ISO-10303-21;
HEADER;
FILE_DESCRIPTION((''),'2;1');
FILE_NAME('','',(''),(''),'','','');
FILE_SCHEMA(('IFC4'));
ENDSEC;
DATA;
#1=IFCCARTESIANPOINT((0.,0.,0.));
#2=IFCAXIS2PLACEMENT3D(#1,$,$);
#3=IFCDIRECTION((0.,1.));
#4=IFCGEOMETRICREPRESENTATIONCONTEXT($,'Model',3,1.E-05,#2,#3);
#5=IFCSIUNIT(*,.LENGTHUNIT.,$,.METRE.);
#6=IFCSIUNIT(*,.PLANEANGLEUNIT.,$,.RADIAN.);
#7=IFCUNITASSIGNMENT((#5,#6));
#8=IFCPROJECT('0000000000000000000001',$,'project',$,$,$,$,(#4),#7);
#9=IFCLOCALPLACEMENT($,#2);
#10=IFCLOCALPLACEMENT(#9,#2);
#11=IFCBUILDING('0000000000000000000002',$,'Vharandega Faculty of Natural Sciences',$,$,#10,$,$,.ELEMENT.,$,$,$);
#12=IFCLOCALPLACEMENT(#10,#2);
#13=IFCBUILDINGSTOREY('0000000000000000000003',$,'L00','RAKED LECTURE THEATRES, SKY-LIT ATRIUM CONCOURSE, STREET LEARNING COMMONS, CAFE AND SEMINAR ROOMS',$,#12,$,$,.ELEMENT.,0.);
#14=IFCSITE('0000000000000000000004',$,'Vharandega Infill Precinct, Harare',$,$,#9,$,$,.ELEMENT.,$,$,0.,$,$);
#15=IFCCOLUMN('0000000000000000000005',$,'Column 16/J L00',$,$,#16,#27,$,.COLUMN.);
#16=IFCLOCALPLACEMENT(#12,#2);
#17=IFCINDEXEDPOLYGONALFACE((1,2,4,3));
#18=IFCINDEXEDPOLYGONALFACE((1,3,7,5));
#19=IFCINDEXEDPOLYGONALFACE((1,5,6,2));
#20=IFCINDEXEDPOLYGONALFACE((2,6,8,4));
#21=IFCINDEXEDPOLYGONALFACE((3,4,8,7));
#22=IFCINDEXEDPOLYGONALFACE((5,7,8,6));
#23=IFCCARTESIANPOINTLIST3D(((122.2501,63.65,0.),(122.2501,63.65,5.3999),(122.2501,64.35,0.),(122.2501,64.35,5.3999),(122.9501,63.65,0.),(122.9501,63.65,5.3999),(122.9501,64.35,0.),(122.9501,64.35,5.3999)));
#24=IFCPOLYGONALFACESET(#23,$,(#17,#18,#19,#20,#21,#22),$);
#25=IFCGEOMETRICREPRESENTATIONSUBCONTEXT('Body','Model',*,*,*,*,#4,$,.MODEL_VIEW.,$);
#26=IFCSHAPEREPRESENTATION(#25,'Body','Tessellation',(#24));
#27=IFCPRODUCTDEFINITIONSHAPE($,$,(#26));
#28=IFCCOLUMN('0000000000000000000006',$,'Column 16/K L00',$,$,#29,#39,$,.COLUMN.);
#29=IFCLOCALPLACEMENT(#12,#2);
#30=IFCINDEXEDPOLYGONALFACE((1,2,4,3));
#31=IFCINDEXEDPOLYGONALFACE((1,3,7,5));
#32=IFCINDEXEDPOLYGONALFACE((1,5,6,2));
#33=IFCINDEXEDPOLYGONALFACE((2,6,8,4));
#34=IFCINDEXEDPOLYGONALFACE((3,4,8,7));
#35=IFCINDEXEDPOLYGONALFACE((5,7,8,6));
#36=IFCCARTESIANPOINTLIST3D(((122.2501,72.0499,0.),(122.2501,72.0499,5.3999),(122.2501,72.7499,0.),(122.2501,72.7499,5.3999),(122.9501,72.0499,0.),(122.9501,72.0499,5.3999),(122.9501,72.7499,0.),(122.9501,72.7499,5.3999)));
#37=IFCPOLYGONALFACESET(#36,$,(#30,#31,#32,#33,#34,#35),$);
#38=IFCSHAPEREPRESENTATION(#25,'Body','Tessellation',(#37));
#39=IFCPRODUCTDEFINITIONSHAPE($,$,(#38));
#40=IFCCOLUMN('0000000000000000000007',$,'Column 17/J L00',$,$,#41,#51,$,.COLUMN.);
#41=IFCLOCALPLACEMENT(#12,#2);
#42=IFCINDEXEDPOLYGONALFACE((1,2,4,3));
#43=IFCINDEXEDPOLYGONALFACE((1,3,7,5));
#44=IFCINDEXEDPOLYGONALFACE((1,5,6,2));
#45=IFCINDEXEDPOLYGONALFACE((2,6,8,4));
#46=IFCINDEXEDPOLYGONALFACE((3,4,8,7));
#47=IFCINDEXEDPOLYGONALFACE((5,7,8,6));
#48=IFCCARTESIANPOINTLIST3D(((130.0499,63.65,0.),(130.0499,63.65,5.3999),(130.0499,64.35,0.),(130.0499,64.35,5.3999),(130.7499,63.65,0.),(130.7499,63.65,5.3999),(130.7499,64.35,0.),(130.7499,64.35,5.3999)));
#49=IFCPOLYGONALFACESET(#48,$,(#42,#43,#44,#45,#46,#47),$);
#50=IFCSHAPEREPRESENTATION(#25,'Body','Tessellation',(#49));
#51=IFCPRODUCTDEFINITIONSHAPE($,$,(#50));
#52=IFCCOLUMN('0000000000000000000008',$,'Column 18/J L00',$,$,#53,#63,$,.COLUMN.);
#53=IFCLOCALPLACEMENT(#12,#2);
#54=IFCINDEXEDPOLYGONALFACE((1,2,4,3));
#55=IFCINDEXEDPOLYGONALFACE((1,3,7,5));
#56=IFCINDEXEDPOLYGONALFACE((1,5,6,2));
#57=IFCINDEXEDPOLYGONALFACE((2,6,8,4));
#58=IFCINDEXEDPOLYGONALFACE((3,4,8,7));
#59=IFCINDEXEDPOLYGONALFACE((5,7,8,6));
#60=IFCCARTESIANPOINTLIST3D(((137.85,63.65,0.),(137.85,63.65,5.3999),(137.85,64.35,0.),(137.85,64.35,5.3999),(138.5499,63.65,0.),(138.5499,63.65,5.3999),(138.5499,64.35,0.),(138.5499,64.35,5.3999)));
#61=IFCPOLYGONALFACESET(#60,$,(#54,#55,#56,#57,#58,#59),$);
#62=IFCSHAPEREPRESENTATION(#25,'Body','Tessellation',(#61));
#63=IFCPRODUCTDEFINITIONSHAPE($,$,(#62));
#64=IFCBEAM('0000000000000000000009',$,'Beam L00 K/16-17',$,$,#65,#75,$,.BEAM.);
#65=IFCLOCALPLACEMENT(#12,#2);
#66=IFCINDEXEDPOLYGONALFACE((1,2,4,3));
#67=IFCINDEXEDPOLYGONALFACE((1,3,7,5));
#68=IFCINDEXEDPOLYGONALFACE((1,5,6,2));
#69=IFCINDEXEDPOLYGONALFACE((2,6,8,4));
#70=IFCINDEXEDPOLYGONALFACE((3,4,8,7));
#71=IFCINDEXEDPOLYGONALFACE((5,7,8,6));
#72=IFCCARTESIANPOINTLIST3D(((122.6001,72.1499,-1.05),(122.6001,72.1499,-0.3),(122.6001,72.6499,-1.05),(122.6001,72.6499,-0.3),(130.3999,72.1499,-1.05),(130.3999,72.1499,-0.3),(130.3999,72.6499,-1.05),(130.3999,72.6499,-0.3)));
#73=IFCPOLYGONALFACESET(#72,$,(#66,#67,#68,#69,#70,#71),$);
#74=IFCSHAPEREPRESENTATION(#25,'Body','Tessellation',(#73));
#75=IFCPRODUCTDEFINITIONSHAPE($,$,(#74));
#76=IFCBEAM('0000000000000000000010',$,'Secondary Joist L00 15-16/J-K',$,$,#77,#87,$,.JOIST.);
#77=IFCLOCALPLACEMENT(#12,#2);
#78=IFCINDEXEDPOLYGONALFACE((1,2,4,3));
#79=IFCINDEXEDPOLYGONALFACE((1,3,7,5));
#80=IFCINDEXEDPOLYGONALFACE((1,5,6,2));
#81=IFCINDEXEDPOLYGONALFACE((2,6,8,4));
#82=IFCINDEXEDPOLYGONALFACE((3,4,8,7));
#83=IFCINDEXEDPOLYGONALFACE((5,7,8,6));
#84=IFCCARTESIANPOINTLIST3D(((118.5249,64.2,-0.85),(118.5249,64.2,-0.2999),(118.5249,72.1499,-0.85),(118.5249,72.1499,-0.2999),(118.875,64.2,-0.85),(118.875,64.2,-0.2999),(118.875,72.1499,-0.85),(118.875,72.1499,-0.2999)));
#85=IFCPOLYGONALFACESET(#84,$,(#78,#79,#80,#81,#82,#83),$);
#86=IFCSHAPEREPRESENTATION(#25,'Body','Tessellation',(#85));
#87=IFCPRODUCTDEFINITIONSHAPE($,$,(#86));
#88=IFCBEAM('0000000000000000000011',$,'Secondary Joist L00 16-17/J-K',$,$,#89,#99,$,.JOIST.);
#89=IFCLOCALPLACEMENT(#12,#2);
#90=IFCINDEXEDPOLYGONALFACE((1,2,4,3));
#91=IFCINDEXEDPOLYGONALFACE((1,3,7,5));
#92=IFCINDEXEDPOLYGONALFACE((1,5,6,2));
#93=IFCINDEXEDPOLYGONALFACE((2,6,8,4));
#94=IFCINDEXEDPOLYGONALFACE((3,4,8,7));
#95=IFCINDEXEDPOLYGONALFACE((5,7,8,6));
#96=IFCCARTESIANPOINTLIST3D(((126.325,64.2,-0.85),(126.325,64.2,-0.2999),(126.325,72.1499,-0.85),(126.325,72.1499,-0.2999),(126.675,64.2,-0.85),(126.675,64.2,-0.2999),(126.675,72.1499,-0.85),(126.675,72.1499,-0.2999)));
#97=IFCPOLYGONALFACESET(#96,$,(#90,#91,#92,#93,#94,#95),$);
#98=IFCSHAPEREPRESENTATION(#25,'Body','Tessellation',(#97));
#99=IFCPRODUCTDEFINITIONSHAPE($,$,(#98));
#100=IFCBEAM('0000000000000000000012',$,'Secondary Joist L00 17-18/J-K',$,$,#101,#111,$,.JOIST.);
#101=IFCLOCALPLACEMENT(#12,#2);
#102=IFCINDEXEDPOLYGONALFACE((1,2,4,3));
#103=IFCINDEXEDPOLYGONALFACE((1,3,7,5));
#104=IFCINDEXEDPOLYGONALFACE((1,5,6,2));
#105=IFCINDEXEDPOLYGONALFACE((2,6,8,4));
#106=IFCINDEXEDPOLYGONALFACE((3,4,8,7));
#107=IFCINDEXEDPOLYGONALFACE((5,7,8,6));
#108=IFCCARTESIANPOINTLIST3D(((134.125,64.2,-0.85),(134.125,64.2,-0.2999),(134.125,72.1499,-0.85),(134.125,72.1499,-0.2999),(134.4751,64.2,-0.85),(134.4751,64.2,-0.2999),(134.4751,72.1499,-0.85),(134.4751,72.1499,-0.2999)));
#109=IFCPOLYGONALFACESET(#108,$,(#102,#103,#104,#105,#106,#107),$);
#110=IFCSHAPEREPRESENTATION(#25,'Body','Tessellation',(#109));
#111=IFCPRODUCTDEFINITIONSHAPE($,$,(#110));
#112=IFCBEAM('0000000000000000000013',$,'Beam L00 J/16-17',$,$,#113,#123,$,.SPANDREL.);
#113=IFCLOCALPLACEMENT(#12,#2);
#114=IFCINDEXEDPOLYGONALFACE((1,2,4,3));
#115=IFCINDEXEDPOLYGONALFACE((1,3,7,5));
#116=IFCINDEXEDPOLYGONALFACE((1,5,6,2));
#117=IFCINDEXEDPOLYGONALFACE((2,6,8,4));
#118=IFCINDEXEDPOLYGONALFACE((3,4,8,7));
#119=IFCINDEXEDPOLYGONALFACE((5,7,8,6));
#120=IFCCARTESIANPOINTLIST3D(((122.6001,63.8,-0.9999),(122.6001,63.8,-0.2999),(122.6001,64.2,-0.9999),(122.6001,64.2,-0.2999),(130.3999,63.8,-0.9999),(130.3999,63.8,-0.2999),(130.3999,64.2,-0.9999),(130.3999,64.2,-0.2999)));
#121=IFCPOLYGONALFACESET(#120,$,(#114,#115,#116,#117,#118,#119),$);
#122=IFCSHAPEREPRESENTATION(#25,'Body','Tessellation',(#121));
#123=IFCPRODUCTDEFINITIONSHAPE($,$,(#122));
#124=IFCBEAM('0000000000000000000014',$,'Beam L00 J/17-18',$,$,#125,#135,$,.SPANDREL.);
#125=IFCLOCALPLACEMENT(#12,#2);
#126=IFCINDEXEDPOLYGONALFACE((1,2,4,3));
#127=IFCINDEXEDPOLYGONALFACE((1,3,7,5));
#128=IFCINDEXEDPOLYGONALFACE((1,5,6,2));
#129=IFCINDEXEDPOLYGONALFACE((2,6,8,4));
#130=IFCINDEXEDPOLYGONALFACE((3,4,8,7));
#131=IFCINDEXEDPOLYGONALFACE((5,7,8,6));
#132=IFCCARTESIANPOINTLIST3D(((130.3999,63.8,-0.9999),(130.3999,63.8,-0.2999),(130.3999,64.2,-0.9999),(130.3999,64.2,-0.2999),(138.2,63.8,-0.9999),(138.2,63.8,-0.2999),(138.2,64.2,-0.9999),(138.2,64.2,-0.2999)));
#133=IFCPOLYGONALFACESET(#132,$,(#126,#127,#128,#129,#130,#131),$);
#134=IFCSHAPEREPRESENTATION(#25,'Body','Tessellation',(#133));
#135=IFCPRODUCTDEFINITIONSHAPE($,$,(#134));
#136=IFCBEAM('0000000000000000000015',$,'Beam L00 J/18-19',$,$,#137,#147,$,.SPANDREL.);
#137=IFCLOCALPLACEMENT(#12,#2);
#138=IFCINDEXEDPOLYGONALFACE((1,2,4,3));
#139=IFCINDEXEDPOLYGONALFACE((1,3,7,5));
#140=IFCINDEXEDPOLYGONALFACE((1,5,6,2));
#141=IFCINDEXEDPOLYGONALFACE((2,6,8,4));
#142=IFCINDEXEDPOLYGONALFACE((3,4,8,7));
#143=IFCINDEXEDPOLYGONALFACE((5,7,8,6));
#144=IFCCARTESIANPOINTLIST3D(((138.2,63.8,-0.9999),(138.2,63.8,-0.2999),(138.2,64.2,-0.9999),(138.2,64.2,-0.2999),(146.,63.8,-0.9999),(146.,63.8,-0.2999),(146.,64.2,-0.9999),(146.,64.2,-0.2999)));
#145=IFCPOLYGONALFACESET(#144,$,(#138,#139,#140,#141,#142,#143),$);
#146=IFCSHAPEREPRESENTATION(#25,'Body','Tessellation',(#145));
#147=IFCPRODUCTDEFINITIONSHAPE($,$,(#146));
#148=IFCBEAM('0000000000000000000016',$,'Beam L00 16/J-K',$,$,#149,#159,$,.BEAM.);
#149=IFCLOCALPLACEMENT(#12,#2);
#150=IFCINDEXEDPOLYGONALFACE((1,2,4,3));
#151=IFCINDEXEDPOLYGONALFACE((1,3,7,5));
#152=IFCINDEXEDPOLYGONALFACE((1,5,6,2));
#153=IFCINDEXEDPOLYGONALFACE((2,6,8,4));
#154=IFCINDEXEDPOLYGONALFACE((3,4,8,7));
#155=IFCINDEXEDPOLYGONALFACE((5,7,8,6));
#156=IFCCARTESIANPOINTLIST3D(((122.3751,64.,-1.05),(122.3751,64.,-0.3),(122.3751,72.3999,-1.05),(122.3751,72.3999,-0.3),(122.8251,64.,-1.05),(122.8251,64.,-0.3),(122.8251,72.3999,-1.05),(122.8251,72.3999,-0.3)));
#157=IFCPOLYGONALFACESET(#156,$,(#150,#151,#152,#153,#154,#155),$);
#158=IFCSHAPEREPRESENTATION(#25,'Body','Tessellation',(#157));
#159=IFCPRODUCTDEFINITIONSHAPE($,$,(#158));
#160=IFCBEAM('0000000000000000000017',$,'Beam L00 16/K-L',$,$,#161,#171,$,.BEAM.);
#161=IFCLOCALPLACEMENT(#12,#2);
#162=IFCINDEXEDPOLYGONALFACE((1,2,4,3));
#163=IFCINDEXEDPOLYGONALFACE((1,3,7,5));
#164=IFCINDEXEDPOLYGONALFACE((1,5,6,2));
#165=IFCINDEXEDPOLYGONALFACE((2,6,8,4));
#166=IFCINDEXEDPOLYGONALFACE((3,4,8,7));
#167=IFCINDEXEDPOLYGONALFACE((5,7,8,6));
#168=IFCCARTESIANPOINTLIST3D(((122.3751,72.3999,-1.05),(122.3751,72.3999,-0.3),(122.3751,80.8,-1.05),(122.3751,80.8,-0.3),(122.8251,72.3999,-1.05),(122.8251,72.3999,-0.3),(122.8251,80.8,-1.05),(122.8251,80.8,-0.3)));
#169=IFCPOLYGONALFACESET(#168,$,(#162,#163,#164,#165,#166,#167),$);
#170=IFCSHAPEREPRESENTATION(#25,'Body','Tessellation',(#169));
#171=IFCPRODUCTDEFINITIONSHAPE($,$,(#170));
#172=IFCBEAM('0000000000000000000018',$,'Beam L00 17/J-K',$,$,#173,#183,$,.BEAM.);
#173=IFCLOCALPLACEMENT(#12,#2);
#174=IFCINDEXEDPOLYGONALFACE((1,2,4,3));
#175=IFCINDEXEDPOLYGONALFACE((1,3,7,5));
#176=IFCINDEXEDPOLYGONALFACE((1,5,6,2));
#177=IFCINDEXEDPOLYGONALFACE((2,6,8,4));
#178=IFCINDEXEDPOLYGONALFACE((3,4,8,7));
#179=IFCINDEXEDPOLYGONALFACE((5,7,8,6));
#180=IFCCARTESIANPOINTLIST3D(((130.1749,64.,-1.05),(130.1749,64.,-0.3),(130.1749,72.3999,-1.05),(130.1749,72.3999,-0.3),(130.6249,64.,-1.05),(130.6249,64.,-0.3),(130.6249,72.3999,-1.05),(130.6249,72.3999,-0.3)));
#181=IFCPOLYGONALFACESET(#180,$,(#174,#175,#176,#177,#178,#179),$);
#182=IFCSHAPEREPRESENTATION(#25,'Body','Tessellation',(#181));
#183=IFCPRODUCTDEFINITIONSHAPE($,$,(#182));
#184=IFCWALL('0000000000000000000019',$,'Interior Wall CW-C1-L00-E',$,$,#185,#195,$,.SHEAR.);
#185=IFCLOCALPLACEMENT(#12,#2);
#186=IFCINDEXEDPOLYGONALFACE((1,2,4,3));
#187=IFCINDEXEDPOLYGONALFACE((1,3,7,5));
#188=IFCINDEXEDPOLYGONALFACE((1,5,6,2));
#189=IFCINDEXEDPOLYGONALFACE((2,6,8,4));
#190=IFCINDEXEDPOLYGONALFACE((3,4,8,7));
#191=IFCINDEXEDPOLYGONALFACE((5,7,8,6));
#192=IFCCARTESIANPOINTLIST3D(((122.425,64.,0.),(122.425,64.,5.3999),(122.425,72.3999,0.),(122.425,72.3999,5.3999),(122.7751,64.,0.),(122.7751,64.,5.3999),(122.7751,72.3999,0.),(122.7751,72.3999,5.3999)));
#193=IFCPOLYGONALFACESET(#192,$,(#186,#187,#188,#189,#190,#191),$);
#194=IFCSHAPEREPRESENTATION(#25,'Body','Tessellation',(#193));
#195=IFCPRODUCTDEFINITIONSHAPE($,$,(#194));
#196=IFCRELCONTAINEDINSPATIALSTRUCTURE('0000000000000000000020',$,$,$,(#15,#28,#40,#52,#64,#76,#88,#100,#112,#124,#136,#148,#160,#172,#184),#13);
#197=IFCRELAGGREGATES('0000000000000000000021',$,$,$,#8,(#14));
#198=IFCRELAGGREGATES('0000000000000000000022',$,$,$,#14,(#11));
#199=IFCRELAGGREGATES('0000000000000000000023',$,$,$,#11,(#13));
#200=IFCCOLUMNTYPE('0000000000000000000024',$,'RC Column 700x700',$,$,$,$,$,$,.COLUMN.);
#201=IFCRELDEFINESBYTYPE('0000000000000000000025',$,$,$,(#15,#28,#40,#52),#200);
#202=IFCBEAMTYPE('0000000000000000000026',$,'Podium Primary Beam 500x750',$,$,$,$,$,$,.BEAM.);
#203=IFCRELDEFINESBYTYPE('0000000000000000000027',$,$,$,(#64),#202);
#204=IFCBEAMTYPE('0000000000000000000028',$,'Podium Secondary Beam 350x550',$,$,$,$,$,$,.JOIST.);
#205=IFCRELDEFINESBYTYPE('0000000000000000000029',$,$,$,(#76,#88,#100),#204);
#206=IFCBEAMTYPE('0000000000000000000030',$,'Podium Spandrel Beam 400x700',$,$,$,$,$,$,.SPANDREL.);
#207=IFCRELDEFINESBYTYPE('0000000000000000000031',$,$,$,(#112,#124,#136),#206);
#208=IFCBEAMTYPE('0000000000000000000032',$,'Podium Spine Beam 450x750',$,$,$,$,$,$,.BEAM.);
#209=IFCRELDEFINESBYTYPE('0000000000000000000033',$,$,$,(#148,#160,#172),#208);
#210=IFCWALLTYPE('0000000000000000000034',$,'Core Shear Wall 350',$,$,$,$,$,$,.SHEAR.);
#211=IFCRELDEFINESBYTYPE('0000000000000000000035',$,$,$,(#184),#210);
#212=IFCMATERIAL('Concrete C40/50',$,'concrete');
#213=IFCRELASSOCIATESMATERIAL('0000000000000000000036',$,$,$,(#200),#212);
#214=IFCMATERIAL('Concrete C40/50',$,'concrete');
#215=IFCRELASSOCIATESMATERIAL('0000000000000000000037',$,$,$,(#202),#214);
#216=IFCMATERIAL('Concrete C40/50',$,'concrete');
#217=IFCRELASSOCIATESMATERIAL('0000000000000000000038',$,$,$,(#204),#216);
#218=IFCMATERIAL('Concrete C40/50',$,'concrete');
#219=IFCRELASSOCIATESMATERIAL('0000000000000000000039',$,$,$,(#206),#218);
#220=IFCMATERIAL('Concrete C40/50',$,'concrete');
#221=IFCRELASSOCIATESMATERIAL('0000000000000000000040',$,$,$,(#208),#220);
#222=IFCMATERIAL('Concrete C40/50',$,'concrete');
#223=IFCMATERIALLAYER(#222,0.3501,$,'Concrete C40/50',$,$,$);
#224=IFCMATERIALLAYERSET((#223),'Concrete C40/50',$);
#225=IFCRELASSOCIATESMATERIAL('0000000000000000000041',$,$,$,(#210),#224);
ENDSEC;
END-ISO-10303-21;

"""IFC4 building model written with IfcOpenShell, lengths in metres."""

from ifc_helpers import new_model, si_unit, direction, frame, frame_2d, origin, origin_2d, place, context, subcontext, project, spatial, rectangle, extrude, material, layer, layer_set, material_profile, profile_set, type_object, element, save


model = new_model("IFC4")

# Units and contexts
model_context = context("Model", 3, precision=1e-05, world=origin(), true_north=direction((0.0, 1.0)))
body_context = subcontext(model_context, "Body", "Model", "MODEL_VIEW")
ifc_project = project(units=[si_unit("LENGTHUNIT", "METRE"), si_unit("PLANEANGLEUNIT", "RADIAN")], contexts=[model_context])

# Site, building, storey
site_placement = place(None, origin())
site = spatial("IfcSite", under=ifc_project, at=site_placement, Name="Vharandega Infill Precinct, Harare", CompositionType="ELEMENT", RefElevation=0.0)
building_placement = place(site_placement, origin())
building = spatial("IfcBuilding", under=site, at=building_placement, Name="Vharandega Faculty of Natural Sciences", CompositionType="ELEMENT")
storey_placement = place(building_placement, origin())
storey = spatial("IfcBuildingStorey", under=building, at=storey_placement, Name="L00", Description="RAKED LECTURE THEATRES, SKY-LIT ATRIUM CONCOURSE, STREET LEARNING COMMONS, CAFE AND SEMINAR ROOMS", CompositionType="ELEMENT", Elevation=0.0)

# Columns
ifc_material_1 = material(Name="Concrete C40/50", Category="concrete")
ifc_material_profile_1 = material_profile(ifc_material_1, rectangle(XDim=0.7, YDim=0.7, at=origin_2d()), Name="RC 700x700")
ifc_profile_set_1 = profile_set([ifc_material_profile_1], Name="Concrete C40/50")
column_type = type_object("IfcColumnType", Name="RC Column 700x700", PredefinedType="COLUMN", material=ifc_profile_set_1)
for number, where, z_axis, x_axis, name in (
    (1, (122.6001, 64.0, 0.0), (0.0, 0.0, 1.0), (1.0, 0.0, 0.0), "Column 16/J L00"),
    (2, (122.6001, 72.3999, 0.0), (0.0, 0.0, 1.0), (1.0, 0.0, 0.0), "Column 16/K L00"),
    (3, (130.3999, 64.0, 0.0), (0.0, 0.0, 1.0), (1.0, 0.0, 0.0), "Column 17/J L00"),
    (4, (138.2, 64.0, 0.0), (0.0, 0.0, 1.0), (1.0, 0.0, 0.0), "Column 18/J L00"),
):
    element("IfcColumn", number, at=place(storey_placement, frame(where, z_axis=z_axis, x_axis=x_axis)), inside=storey, type_object=column_type, Name=name, PredefinedType="COLUMN", context=body_context, shape_type="SweptSolid", body=[
        extrude(rectangle(XDim=0.7, YDim=0.7, at=origin_2d()), origin(), (0.0, 0.0, 1.0), 5.3999),
    ])

# Beams
ifc_material_2 = material(Name="Concrete C40/50", Category="concrete")
ifc_material_profile_2 = material_profile(ifc_material_2, rectangle(XDim=0.5, YDim=0.75, at=origin_2d()), Name="RC 500x750")
ifc_profile_set_2 = profile_set([ifc_material_profile_2], Name="Concrete C40/50")
beam_type_1 = type_object("IfcBeamType", Name="Podium Primary Beam 500x750", PredefinedType="BEAM", material=ifc_profile_set_2)
beam_1_placement = place(storey_placement, frame((122.6001, 72.3999, -0.675), z_axis=(1.0, 0.0, 0.0), x_axis=(0.0, 1.0, 0.0)))
element("IfcBeam", 5, at=beam_1_placement, inside=storey, type_object=beam_type_1, Name="Beam L00 K/16-17", PredefinedType="BEAM", context=body_context, shape_type="SweptSolid", body=[
    extrude(rectangle(XDim=0.5, YDim=0.75, at=origin_2d()), origin(), (0.0, 0.0, 1.0), 7.7998),
])
ifc_material_3 = material(Name="Concrete C40/50", Category="concrete")
ifc_material_profile_3 = material_profile(ifc_material_3, rectangle(XDim=0.3501, YDim=0.55, at=origin_2d()), Name="RC 350x550")
ifc_profile_set_3 = profile_set([ifc_material_profile_3], Name="Concrete C40/50")
beam_type_2 = type_object("IfcBeamType", Name="Podium Secondary Beam 350x550", PredefinedType="JOIST", material=ifc_profile_set_3)
for number, where, z_axis, x_axis, name in (
    (6, (118.7, 64.2, -0.575), (0.0, 1.0, 0.0), (-1.0, 0.0, 0.0), "Secondary Joist L00 15-16/J-K"),
    (7, (126.5, 64.2, -0.575), (0.0, 1.0, 0.0), (-1.0, 0.0, 0.0), "Secondary Joist L00 16-17/J-K"),
    (8, (134.3, 64.2, -0.575), (0.0, 1.0, 0.0), (-1.0, 0.0, 0.0), "Secondary Joist L00 17-18/J-K"),
):
    element("IfcBeam", number, at=place(storey_placement, frame(where, z_axis=z_axis, x_axis=x_axis)), inside=storey, type_object=beam_type_2, Name=name, PredefinedType="JOIST", context=body_context, shape_type="SweptSolid", body=[
        extrude(rectangle(XDim=0.3501, YDim=0.55, at=origin_2d()), origin(), (0.0, 0.0, 1.0), 7.95),
    ])
ifc_material_4 = material(Name="Concrete C40/50", Category="concrete")
ifc_material_profile_4 = material_profile(ifc_material_4, rectangle(XDim=0.3999, YDim=0.7, at=origin_2d()), Name="RC 400x700")
ifc_profile_set_4 = profile_set([ifc_material_profile_4], Name="Concrete C40/50")
beam_type_3 = type_object("IfcBeamType", Name="Podium Spandrel Beam 400x700", PredefinedType="SPANDREL", material=ifc_profile_set_4)
beam_2_placement = place(storey_placement, frame((122.6001, 64.0, -0.6499), z_axis=(1.0, 0.0, 0.0), x_axis=(0.0, 1.0, 0.0)))
element("IfcBeam", 9, at=beam_2_placement, inside=storey, type_object=beam_type_3, Name="Beam L00 J/16-17", PredefinedType="SPANDREL", context=body_context, shape_type="SweptSolid", body=[
    extrude(rectangle(XDim=0.3999, YDim=0.7, at=origin_2d()), origin(), (0.0, 0.0, 1.0), 7.7998),
])
for number, where, z_axis, x_axis, name in (
    (10, (130.3999, 64.0, -0.6499), (1.0, 0.0, 0.0), (0.0, 1.0, 0.0), "Beam L00 J/17-18"),
    (11, (138.2, 64.0, -0.6499), (1.0, 0.0, 0.0), (0.0, 1.0, 0.0), "Beam L00 J/18-19"),
):
    element("IfcBeam", number, at=place(storey_placement, frame(where, z_axis=z_axis, x_axis=x_axis)), inside=storey, type_object=beam_type_3, Name=name, PredefinedType="SPANDREL", context=body_context, shape_type="SweptSolid", body=[
        extrude(rectangle(XDim=0.3999, YDim=0.7, at=origin_2d()), origin(), (0.0, 0.0, 1.0), 7.8),
    ])
ifc_material_5 = material(Name="Concrete C40/50", Category="concrete")
ifc_material_profile_5 = material_profile(ifc_material_5, rectangle(XDim=0.45, YDim=0.75, at=origin_2d()), Name="RC 450x750")
ifc_profile_set_5 = profile_set([ifc_material_profile_5], Name="Concrete C40/50")
beam_type_4 = type_object("IfcBeamType", Name="Podium Spine Beam 450x750", PredefinedType="BEAM", material=ifc_profile_set_5)
beam_3_placement = place(storey_placement, frame((122.6001, 64.0, -0.675), z_axis=(0.0, 1.0, 0.0), x_axis=(-1.0, 0.0, 0.0)))
element("IfcBeam", 12, at=beam_3_placement, inside=storey, type_object=beam_type_4, Name="Beam L00 16/J-K", PredefinedType="BEAM", context=body_context, shape_type="SweptSolid", body=[
    extrude(rectangle(XDim=0.45, YDim=0.75, at=origin_2d()), origin(), (0.0, 0.0, 1.0), 8.3999),
])
beam_4_placement = place(storey_placement, frame((122.6001, 72.3999, -0.675), z_axis=(0.0, 1.0, 0.0), x_axis=(-1.0, 0.0, 0.0)))
element("IfcBeam", 13, at=beam_4_placement, inside=storey, type_object=beam_type_4, Name="Beam L00 16/K-L", PredefinedType="BEAM", context=body_context, shape_type="SweptSolid", body=[
    extrude(rectangle(XDim=0.45, YDim=0.75, at=origin_2d()), origin(), (0.0, 0.0, 1.0), 8.4001),
])
beam_5_placement = place(storey_placement, frame((130.3999, 64.0, -0.675), z_axis=(0.0, 1.0, 0.0), x_axis=(-1.0, 0.0, 0.0)))
element("IfcBeam", 14, at=beam_5_placement, inside=storey, type_object=beam_type_4, Name="Beam L00 17/J-K", PredefinedType="BEAM", context=body_context, shape_type="SweptSolid", body=[
    extrude(rectangle(XDim=0.45, YDim=0.75, at=origin_2d()), origin(), (0.0, 0.0, 1.0), 8.3999),
])

# Wall
ifc_material_6 = material(Name="Concrete C40/50", Category="concrete")
ifc_layer_1 = layer(ifc_material_6, 0.3501, Name="Concrete C40/50")
ifc_layer_set_1 = layer_set([ifc_layer_1], Name="Concrete C40/50")
wall_type_1 = type_object("IfcWallType", Name="Core Shear Wall 350", PredefinedType="SHEAR", material=ifc_layer_set_1)
wall_1_placement = place(storey_placement, frame((122.6001, 64.0, 0.0), z_axis=(0.0, 0.0, 1.0), x_axis=(0.0, 1.0, 0.0)))
element("IfcWall", 15, at=wall_1_placement, inside=storey, type_object=wall_type_1, Name="Interior Wall CW-C1-L00-E", PredefinedType="SHEAR", context=body_context, shape_type="SweptSolid", body=[
    extrude(rectangle(XDim=8.3999, YDim=0.3501, at=frame_2d((4.2, 0.0))), origin(), (0.0, 0.0, 1.0), 5.3999),
])

save(model, "model.ifc")
